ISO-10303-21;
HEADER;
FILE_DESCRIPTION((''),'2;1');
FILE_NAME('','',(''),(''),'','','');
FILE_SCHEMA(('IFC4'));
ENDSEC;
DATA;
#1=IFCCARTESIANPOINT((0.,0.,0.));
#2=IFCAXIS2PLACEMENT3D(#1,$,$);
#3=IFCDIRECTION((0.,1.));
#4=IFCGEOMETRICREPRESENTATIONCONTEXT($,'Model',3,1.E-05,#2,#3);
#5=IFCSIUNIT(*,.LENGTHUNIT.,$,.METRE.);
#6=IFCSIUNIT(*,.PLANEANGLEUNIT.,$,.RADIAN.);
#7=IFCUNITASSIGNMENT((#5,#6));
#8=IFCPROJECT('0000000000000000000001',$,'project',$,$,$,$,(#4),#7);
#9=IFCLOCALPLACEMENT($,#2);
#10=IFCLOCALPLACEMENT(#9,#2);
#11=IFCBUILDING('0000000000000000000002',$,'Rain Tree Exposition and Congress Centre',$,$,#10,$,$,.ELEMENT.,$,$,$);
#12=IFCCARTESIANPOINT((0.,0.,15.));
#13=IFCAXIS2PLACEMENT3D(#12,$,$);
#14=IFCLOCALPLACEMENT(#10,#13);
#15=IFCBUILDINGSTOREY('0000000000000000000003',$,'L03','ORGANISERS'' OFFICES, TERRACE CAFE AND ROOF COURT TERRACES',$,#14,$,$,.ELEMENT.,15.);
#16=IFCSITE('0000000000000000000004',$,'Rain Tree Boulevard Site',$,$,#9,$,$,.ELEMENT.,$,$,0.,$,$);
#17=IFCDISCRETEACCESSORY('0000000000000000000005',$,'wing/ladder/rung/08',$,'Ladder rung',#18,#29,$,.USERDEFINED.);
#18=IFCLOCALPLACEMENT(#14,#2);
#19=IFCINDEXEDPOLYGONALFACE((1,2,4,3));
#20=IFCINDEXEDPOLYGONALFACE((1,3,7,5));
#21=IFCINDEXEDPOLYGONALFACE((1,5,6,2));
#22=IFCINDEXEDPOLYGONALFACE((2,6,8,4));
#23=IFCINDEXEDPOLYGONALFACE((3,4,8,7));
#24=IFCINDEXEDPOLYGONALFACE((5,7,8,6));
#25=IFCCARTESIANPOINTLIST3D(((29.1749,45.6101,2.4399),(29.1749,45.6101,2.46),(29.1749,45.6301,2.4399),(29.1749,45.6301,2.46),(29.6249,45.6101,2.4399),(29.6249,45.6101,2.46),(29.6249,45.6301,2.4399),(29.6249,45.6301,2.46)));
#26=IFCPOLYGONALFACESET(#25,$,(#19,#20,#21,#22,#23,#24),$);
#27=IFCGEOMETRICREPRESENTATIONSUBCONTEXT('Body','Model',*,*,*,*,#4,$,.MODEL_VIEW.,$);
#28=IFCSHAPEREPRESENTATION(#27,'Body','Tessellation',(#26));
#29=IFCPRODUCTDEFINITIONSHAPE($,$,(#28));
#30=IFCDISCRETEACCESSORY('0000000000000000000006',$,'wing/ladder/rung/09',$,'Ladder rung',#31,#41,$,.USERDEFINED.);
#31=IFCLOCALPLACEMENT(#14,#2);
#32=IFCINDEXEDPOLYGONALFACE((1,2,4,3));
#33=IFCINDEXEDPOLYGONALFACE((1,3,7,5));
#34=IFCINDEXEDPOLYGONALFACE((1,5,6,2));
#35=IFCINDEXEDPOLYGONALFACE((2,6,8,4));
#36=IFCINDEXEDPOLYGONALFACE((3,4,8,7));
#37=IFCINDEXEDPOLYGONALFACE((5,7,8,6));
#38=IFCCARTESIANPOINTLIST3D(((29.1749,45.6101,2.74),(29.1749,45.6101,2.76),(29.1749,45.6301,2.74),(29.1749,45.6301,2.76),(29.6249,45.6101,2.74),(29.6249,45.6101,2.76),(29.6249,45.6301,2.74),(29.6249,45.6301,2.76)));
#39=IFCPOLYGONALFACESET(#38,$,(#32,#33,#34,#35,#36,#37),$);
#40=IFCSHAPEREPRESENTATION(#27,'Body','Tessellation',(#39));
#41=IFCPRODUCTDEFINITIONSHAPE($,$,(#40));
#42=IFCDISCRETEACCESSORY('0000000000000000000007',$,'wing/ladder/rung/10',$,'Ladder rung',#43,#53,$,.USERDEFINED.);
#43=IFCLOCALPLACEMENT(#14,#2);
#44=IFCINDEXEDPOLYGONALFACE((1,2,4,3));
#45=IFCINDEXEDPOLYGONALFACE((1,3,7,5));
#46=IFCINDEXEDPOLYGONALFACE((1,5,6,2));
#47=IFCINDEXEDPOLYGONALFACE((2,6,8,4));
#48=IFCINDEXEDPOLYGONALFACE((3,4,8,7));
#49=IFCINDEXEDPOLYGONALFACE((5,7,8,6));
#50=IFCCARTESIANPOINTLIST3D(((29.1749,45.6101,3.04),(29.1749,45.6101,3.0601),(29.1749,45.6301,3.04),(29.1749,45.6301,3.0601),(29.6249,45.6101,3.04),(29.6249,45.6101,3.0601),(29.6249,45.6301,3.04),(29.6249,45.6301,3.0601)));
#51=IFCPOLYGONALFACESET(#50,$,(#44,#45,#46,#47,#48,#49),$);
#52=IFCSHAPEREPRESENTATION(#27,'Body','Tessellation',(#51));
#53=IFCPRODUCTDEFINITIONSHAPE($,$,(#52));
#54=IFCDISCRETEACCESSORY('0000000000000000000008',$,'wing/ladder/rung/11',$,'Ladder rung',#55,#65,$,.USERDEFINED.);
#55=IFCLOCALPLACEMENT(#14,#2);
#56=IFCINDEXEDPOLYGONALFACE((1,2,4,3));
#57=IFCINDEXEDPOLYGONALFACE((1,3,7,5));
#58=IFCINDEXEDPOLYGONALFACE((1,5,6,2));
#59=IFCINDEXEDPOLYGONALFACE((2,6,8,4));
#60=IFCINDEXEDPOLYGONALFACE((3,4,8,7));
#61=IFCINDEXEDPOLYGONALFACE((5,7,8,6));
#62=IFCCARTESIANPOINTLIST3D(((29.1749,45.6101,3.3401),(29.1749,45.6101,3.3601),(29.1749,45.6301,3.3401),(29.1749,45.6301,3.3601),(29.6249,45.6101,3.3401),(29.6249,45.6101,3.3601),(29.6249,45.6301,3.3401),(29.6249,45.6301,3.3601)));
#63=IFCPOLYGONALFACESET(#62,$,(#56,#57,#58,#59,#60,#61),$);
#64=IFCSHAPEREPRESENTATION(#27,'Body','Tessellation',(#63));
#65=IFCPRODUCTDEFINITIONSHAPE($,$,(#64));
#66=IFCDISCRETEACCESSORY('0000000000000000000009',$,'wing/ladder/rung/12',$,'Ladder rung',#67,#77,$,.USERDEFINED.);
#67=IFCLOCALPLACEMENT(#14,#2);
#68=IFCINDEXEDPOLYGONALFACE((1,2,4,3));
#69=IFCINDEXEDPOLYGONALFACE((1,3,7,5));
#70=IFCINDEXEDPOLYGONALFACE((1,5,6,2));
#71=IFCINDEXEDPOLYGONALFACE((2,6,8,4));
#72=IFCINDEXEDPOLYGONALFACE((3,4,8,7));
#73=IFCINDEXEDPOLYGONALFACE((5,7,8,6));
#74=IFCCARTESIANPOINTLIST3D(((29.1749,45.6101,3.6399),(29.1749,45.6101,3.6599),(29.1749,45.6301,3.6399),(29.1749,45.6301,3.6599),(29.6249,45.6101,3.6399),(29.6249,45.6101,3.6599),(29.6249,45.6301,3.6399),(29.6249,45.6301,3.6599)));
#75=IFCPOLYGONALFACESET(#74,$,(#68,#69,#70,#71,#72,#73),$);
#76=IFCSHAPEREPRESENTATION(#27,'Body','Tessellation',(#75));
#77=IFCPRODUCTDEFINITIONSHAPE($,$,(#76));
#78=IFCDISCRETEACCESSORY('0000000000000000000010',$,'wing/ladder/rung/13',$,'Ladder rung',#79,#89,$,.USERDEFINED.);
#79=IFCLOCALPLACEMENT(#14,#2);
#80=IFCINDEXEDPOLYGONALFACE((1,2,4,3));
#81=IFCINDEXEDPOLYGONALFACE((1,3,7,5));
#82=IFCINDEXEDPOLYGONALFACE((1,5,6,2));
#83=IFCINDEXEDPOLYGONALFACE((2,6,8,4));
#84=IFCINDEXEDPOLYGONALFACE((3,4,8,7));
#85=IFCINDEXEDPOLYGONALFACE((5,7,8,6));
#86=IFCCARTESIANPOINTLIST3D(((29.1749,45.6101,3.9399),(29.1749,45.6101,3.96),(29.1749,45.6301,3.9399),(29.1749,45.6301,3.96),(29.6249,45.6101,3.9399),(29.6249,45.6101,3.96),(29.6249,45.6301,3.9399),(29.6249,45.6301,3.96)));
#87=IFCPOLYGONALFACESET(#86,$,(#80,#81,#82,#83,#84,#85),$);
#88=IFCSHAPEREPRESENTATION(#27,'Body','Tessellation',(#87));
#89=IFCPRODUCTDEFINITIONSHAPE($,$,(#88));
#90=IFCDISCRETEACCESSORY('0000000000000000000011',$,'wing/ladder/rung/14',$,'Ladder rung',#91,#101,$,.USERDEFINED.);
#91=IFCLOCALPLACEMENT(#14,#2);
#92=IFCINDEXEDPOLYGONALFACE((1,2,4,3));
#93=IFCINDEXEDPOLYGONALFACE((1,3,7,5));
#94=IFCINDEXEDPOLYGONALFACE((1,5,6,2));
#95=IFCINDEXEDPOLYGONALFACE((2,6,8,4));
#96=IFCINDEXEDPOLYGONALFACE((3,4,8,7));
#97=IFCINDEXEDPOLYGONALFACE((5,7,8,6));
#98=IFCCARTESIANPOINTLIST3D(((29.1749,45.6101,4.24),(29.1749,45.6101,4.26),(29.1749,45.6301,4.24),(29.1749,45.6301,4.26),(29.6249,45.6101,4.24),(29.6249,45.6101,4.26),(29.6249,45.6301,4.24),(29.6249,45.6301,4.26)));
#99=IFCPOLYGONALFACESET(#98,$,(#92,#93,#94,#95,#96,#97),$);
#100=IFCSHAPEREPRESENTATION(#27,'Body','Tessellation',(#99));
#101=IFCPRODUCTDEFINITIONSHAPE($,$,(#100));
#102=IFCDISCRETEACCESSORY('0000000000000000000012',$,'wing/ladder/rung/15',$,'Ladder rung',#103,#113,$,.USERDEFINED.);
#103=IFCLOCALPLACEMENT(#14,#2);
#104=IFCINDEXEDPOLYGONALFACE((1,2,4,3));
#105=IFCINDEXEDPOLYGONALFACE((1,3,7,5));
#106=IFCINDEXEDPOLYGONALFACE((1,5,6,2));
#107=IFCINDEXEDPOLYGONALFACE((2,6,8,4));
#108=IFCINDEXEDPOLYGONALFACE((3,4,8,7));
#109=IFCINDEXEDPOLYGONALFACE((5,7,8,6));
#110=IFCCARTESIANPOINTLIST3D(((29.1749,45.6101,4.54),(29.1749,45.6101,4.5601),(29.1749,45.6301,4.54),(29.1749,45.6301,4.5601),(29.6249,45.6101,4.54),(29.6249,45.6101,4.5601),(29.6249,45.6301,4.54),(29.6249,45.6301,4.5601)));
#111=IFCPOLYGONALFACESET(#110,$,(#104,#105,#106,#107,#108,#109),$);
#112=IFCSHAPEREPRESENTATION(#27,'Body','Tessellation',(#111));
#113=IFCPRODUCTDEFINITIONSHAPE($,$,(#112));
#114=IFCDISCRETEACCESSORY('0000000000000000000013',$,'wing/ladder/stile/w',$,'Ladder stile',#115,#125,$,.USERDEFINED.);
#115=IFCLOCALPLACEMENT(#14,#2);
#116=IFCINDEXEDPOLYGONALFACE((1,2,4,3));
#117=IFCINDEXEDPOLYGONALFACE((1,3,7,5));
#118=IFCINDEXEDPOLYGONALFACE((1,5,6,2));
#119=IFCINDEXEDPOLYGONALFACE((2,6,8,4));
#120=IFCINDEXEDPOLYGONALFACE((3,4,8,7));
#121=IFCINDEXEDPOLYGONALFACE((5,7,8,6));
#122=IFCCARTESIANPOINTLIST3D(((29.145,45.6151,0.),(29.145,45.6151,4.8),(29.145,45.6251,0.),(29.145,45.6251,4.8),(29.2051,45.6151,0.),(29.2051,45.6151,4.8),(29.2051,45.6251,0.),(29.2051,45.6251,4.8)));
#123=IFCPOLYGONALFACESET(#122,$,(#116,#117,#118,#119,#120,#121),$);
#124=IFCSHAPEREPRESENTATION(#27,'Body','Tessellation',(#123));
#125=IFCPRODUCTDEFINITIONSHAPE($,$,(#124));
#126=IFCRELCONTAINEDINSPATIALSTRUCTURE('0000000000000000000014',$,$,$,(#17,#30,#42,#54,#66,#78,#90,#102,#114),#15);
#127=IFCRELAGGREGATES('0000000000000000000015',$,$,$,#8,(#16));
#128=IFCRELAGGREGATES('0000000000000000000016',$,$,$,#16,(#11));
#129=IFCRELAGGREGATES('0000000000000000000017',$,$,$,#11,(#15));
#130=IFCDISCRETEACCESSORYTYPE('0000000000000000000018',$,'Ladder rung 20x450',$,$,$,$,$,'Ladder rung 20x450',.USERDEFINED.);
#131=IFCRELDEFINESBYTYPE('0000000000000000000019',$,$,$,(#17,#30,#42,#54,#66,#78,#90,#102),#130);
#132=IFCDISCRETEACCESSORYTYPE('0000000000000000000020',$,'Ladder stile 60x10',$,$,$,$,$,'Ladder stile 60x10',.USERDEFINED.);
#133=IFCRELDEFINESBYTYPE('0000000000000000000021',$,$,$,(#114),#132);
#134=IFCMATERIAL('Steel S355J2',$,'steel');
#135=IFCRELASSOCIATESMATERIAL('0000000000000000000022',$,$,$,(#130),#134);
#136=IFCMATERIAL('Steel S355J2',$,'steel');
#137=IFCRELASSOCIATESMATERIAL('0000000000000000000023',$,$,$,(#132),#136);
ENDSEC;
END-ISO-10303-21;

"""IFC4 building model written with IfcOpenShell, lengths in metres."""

from ifc_helpers import new_model, si_unit, direction, frame, origin, origin_2d, place, context, subcontext, project, spatial, rectangle, extrude, material, type_object, element, save


model = new_model("IFC4")

# Units and contexts
model_context = context("Model", 3, precision=1e-05, world=origin(), true_north=direction((0.0, 1.0)))
body_context = subcontext(model_context, "Body", "Model", "MODEL_VIEW")
ifc_project = project(units=[si_unit("LENGTHUNIT", "METRE"), si_unit("PLANEANGLEUNIT", "RADIAN")], contexts=[model_context])

# Site, building, storey
site_placement = place(None, origin())
site = spatial("IfcSite", under=ifc_project, at=site_placement, Name="Rain Tree Boulevard Site", CompositionType="ELEMENT", RefElevation=0.0)
building_placement = place(site_placement, origin())
building = spatial("IfcBuilding", under=site, at=building_placement, Name="Rain Tree Exposition and Congress Centre", CompositionType="ELEMENT")
storey_placement = place(building_placement, frame((0.0, 0.0, 15.0)))
storey = spatial("IfcBuildingStorey", under=building, at=storey_placement, Name="L03", Description="ORGANISERS' OFFICES, TERRACE CAFE AND ROOF COURT TERRACES", CompositionType="ELEMENT", Elevation=15.0)

# Discrete accessories
ifc_material_1 = material(Name="Steel S355J2", Category="steel")
discrete_accessory_type_1 = type_object("IfcDiscreteAccessoryType", Name="Ladder rung 20x450", ElementType="Ladder rung 20x450", PredefinedType="USERDEFINED", material=ifc_material_1)
for number, where, z_axis, x_axis, name in (
    (1, (29.3999, 45.6201, 2.4399), (0.0, 0.0, 1.0), (1.0, 0.0, 0.0), "wing/ladder/rung/08"),
    (2, (29.3999, 45.6201, 2.74), (0.0, 0.0, 1.0), (1.0, 0.0, 0.0), "wing/ladder/rung/09"),
    (3, (29.3999, 45.6201, 3.04), (0.0, 0.0, 1.0), (1.0, 0.0, 0.0), "wing/ladder/rung/10"),
    (4, (29.3999, 45.6201, 3.3401), (0.0, 0.0, 1.0), (1.0, 0.0, 0.0), "wing/ladder/rung/11"),
    (5, (29.3999, 45.6201, 3.6399), (0.0, 0.0, 1.0), (1.0, 0.0, 0.0), "wing/ladder/rung/12"),
    (6, (29.3999, 45.6201, 3.9399), (0.0, 0.0, 1.0), (1.0, 0.0, 0.0), "wing/ladder/rung/13"),
    (7, (29.3999, 45.6201, 4.24), (0.0, 0.0, 1.0), (1.0, 0.0, 0.0), "wing/ladder/rung/14"),
    (8, (29.3999, 45.6201, 4.54), (0.0, 0.0, 1.0), (1.0, 0.0, 0.0), "wing/ladder/rung/15"),
):
    element("IfcDiscreteAccessory", number, at=place(storey_placement, frame(where, z_axis=z_axis, x_axis=x_axis)), inside=storey, type_object=discrete_accessory_type_1, Name=name, ObjectType="Ladder rung", PredefinedType="USERDEFINED", context=body_context, shape_type="SweptSolid", body=[
        extrude(rectangle(XDim=0.45, YDim=0.02, at=origin_2d()), origin(), (0.0, 0.0, 1.0), 0.02),
    ])
ifc_material_2 = material(Name="Steel S355J2", Category="steel")
discrete_accessory_type_2 = type_object("IfcDiscreteAccessoryType", Name="Ladder stile 60x10", ElementType="Ladder stile 60x10", PredefinedType="USERDEFINED", material=ifc_material_2)
discrete_accessory_placement = place(storey_placement, frame((29.175, 45.6201, 0.0), z_axis=(0.0, 0.0, 1.0), x_axis=(1.0, 0.0, 0.0)))
element("IfcDiscreteAccessory", 9, at=discrete_accessory_placement, inside=storey, type_object=discrete_accessory_type_2, Name="wing/ladder/stile/w", ObjectType="Ladder stile", PredefinedType="USERDEFINED", context=body_context, shape_type="SweptSolid", body=[
    extrude(rectangle(XDim=0.0601, YDim=0.01, at=origin_2d()), origin(), (0.0, 0.0, 1.0), 4.8),
])

save(model, "model.ifc")
